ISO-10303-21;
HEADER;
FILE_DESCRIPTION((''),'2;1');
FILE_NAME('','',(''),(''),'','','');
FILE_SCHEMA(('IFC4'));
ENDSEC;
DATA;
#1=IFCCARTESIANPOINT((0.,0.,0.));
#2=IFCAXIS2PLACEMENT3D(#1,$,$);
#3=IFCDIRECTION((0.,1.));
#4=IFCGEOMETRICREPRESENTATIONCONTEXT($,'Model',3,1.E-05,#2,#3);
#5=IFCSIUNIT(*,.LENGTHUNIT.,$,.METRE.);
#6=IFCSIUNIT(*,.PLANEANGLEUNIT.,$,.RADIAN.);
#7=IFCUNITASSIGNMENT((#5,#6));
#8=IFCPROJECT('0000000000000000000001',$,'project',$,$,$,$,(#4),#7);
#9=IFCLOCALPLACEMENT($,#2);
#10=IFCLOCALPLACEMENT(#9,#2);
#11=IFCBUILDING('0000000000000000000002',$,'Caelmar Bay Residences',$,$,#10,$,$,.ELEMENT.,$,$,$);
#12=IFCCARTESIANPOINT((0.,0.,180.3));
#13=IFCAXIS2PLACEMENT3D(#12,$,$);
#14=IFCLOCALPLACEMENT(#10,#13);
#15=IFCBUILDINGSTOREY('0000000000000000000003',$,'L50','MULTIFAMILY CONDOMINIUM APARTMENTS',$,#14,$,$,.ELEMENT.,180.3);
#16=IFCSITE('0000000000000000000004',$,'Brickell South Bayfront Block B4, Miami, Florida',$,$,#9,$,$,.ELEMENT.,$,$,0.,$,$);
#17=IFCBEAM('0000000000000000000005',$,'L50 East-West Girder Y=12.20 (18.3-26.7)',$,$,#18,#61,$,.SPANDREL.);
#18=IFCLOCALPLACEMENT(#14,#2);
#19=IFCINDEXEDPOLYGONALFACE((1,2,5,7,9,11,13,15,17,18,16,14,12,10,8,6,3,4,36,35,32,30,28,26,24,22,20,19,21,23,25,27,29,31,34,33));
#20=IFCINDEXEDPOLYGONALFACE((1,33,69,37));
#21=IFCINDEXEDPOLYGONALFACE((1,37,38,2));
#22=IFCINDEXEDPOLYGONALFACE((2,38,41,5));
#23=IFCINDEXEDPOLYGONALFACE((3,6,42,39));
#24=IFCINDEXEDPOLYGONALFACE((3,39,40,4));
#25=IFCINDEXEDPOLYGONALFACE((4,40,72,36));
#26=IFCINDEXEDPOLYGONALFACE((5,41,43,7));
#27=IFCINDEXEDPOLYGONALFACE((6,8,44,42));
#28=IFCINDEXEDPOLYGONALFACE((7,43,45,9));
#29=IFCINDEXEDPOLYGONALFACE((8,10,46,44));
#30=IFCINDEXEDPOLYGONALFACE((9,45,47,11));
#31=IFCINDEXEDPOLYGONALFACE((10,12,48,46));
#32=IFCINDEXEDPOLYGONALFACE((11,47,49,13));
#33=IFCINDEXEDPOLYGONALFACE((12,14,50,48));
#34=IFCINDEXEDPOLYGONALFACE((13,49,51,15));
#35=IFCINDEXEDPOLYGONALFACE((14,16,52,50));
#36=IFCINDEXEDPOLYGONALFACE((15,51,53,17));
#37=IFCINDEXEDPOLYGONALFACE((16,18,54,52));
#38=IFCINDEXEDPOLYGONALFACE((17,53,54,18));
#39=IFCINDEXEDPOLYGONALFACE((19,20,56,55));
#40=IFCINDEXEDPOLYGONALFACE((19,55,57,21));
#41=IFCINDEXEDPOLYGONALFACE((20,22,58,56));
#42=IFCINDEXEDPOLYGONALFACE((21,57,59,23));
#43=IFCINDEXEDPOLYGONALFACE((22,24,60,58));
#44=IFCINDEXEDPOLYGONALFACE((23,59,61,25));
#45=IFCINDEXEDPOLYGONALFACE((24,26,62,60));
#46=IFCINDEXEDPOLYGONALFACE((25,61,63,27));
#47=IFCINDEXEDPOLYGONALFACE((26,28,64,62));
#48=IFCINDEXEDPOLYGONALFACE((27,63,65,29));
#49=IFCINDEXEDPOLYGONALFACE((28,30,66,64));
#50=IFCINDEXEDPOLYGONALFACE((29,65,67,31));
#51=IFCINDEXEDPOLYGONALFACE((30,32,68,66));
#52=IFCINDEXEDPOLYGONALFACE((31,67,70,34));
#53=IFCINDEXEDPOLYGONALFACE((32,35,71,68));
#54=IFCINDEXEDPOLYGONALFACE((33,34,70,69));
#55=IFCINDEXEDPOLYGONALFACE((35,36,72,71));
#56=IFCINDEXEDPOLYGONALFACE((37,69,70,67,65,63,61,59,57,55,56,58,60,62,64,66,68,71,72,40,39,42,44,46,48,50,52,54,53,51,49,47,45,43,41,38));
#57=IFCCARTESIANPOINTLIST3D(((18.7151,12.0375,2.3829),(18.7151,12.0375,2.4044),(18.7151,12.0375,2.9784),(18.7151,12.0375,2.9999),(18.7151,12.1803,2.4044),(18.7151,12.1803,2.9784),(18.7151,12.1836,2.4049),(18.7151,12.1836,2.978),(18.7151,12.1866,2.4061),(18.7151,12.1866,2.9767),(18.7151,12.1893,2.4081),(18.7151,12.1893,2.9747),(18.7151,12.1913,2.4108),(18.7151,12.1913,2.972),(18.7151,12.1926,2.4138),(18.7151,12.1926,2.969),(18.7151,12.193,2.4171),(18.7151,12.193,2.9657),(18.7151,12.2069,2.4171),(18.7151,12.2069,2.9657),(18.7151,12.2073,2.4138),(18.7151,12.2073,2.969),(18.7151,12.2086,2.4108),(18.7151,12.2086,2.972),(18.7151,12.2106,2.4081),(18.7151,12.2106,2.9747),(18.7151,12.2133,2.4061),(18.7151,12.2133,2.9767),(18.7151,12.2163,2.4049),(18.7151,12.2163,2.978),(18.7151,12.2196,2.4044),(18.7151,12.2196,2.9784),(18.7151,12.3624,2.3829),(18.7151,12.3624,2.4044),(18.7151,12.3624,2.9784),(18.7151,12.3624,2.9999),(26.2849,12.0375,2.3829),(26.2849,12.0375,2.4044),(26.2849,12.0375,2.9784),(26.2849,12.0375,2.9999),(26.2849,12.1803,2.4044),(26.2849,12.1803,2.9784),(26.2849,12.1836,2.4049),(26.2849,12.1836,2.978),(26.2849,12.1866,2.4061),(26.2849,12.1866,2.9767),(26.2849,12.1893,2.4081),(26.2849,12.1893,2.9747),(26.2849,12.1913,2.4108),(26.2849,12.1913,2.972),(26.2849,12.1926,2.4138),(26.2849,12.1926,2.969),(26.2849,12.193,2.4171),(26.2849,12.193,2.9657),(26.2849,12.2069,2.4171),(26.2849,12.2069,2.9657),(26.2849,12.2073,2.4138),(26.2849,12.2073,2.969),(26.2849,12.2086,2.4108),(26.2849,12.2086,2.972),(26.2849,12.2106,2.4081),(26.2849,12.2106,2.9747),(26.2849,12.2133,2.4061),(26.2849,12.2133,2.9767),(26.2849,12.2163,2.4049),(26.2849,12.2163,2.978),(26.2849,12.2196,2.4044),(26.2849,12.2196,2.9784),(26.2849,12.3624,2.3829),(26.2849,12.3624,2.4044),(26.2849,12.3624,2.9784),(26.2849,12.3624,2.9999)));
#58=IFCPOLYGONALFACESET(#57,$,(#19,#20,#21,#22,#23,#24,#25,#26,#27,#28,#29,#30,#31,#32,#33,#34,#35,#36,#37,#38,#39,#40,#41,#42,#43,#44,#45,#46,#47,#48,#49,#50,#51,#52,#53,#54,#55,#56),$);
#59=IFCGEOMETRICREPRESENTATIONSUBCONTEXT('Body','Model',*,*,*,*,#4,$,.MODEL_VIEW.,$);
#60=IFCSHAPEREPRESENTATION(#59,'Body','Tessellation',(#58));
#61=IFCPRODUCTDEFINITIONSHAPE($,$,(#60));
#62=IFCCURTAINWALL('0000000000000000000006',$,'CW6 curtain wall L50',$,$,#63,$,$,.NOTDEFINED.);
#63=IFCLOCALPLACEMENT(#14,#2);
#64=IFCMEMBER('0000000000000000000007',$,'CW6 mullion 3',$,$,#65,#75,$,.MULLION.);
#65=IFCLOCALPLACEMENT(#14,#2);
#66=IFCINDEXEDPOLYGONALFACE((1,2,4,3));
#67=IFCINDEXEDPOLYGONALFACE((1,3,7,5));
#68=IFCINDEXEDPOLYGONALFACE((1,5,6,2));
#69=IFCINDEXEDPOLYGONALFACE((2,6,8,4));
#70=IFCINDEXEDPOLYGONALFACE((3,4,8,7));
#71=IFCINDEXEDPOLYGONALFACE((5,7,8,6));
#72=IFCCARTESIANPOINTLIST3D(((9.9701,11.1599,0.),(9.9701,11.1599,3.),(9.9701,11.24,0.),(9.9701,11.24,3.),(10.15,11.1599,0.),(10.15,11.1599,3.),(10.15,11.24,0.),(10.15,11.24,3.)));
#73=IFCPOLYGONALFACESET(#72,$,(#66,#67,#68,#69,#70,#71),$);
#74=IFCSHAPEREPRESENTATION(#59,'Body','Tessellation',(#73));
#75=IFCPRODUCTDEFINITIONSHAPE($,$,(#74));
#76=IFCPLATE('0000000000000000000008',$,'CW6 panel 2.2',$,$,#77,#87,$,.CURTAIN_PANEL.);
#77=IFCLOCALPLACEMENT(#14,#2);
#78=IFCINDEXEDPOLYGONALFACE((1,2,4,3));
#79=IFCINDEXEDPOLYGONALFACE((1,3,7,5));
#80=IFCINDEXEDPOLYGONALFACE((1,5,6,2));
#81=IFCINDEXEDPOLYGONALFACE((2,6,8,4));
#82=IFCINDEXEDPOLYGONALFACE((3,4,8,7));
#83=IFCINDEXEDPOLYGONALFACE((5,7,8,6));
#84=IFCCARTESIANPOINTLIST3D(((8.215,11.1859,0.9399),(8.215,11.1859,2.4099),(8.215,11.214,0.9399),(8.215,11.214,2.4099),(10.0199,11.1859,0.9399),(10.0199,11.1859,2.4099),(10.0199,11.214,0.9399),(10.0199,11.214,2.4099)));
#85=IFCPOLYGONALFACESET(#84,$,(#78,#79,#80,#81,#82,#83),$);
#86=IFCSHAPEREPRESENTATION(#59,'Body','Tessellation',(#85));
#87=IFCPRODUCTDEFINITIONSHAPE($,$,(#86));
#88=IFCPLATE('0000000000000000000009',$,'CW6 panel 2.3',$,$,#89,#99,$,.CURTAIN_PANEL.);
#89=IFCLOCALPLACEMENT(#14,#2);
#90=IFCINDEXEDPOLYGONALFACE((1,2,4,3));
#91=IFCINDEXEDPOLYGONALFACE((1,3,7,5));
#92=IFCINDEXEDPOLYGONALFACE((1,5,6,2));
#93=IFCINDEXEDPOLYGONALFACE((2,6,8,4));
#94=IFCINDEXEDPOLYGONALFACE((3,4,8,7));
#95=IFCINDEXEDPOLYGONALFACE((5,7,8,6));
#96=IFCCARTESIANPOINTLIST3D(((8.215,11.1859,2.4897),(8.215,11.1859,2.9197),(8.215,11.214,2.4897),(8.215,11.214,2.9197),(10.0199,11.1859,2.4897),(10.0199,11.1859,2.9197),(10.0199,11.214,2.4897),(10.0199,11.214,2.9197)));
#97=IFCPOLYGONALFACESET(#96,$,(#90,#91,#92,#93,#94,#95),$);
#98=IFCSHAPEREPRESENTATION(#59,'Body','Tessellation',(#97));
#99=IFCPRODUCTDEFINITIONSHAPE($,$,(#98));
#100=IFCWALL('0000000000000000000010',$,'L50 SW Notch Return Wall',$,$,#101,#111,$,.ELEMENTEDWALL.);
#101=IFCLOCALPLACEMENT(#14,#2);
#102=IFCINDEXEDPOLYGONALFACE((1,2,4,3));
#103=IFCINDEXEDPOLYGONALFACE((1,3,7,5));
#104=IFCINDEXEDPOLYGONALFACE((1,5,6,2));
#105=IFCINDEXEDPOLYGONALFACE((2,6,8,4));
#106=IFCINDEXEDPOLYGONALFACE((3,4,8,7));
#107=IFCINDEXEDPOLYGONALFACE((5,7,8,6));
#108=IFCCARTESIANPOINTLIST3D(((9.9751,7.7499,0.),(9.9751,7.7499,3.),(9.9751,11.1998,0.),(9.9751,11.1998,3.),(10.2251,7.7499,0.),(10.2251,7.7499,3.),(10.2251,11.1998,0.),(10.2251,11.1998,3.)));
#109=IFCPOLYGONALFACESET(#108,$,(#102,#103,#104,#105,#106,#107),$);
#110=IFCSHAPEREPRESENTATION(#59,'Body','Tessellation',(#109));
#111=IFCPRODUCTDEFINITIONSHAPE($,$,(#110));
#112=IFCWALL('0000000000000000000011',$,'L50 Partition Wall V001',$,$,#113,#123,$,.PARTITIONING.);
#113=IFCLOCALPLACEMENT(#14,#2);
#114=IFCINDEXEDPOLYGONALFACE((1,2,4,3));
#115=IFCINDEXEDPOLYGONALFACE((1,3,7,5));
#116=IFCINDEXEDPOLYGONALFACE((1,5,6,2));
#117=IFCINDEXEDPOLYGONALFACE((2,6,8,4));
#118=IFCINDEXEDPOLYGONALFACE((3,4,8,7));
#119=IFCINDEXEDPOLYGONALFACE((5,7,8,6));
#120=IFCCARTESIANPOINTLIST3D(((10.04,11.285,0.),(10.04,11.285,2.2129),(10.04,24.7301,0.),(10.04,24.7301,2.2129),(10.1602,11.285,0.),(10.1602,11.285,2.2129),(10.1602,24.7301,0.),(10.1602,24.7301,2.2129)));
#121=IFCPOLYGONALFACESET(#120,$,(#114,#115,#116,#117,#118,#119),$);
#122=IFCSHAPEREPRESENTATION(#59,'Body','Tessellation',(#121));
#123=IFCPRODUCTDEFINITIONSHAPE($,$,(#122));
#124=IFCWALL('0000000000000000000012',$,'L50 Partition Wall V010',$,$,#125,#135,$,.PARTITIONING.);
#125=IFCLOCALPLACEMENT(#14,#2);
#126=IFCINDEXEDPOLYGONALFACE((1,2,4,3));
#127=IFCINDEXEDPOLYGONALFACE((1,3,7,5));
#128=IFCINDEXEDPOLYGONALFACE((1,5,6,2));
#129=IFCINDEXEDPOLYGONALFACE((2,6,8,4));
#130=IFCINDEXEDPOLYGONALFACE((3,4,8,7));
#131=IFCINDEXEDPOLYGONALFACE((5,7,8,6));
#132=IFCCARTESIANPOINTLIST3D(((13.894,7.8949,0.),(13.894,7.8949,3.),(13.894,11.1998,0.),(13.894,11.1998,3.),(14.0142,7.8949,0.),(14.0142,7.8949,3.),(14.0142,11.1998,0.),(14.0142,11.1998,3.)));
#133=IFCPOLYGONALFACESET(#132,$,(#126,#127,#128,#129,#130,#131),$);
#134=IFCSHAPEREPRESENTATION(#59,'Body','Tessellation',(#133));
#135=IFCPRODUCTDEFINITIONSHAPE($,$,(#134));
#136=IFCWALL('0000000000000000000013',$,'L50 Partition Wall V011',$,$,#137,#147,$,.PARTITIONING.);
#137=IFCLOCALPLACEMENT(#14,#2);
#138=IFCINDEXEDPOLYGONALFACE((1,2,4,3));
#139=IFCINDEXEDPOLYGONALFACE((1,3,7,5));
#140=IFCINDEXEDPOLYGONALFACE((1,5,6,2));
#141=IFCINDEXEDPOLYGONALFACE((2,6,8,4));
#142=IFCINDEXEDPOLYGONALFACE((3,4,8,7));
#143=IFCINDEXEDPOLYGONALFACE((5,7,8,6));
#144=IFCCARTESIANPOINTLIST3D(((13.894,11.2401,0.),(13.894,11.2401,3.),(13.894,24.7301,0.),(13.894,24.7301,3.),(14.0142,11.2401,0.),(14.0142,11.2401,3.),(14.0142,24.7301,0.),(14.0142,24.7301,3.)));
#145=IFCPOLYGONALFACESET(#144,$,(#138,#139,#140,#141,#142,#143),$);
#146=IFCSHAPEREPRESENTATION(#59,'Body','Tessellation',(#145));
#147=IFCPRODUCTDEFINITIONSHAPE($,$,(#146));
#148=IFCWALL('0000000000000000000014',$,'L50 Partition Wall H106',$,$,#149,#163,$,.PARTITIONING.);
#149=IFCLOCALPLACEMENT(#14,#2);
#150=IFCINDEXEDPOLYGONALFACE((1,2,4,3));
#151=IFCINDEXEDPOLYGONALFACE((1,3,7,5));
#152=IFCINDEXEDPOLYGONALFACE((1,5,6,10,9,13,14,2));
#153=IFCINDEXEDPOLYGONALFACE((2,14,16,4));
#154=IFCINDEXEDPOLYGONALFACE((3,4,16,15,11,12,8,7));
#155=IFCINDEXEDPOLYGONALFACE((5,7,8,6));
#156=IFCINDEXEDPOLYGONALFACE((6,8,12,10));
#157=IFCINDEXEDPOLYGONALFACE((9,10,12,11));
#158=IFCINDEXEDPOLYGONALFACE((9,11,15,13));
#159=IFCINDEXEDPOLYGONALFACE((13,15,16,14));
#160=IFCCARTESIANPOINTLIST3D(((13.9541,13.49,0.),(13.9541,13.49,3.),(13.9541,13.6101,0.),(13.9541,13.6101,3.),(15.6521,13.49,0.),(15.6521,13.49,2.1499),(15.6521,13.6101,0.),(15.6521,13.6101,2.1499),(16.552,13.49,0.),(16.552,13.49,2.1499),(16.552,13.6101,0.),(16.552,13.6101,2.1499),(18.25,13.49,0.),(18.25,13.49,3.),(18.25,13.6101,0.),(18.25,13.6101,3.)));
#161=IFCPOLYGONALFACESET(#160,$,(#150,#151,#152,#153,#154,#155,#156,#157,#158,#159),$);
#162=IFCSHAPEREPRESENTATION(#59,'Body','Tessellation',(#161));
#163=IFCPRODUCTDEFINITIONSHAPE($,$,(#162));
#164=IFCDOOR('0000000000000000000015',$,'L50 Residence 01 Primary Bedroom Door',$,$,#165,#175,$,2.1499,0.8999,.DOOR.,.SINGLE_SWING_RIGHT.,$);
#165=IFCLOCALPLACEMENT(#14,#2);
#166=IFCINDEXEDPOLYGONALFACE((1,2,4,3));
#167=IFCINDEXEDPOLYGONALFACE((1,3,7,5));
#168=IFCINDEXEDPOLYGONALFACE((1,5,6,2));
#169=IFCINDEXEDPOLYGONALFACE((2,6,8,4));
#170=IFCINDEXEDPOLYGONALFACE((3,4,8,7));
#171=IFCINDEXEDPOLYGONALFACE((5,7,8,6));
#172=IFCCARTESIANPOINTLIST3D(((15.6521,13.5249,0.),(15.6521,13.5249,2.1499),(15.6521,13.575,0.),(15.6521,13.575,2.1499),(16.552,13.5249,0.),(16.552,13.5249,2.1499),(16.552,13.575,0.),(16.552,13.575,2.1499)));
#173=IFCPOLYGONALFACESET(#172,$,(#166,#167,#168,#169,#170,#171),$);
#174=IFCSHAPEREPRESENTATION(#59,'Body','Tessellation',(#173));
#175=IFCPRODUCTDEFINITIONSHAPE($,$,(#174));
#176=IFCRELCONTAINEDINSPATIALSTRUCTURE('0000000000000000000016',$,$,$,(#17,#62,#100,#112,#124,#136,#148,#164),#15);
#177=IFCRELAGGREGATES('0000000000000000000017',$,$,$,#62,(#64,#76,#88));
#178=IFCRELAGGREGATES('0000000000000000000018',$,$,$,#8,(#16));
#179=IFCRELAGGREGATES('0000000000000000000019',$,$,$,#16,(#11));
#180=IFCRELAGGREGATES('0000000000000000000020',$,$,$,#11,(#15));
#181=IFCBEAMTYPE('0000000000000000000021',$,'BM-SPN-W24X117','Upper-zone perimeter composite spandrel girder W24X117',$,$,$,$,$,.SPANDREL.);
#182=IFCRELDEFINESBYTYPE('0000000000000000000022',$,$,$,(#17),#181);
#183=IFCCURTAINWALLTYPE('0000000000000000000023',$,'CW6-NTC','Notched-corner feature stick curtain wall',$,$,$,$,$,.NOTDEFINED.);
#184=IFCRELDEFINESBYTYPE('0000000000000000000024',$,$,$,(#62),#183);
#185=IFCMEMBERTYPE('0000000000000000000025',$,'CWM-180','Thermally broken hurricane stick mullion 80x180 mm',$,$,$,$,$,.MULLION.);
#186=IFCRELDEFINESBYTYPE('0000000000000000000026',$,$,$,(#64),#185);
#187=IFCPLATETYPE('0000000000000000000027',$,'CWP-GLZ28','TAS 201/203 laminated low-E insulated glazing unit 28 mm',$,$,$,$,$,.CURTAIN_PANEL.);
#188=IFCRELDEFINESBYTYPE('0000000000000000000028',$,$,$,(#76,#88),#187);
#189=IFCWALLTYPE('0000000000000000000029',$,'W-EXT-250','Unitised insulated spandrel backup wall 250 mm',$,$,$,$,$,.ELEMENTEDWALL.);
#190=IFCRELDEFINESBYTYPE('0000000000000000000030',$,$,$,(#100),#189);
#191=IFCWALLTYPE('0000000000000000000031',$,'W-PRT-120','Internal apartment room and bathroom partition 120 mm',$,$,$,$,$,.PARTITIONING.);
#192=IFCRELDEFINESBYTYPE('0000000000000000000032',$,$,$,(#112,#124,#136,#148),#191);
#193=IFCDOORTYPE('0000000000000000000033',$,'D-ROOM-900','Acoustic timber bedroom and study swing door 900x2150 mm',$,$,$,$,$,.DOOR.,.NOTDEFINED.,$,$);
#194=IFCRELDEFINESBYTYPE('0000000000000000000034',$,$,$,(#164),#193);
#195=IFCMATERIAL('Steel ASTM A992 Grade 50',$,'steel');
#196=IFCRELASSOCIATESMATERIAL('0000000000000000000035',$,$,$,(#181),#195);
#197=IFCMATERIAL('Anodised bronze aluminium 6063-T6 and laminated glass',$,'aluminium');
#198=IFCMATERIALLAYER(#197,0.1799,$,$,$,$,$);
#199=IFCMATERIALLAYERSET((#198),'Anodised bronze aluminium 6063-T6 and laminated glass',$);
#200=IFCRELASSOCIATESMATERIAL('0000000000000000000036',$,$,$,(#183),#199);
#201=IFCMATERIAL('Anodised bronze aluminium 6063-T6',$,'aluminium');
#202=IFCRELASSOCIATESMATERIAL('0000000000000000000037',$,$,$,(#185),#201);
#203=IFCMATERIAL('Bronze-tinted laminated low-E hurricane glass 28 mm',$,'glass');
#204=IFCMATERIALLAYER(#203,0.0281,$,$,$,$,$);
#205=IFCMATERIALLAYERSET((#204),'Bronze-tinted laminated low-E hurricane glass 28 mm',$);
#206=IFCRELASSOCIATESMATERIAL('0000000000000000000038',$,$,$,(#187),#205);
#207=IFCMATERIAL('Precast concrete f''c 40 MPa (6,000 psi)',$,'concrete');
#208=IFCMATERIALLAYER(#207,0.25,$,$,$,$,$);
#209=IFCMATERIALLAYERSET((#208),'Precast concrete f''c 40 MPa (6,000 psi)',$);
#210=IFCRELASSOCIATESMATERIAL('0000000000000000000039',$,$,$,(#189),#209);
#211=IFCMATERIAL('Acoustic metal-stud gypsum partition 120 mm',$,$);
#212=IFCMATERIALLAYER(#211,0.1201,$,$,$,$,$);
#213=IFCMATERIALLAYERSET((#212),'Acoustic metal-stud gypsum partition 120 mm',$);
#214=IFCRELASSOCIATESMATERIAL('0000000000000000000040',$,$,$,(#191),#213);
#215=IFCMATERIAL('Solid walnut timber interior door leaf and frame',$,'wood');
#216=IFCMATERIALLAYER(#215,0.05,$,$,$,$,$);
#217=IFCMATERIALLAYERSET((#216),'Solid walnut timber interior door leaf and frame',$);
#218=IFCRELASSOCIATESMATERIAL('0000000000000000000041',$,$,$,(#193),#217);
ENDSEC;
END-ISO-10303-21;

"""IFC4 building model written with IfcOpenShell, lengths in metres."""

from ifc_helpers import new_model, si_unit, direction, frame, frame_2d, origin, origin_2d, place, context, subcontext, project, spatial, rectangle, i_section, extrude, material, layer, layer_set, material_profile, profile_set, type_object, element, fill, aggregate, save


model = new_model("IFC4")

# Units and contexts
model_context = context("Model", 3, precision=1e-05, world=origin(), true_north=direction((0.0, 1.0)))
body_context = subcontext(model_context, "Body", "Model", "MODEL_VIEW")
ifc_project = project(units=[si_unit("LENGTHUNIT", "METRE"), si_unit("PLANEANGLEUNIT", "RADIAN")], contexts=[model_context])

# Site, building, storey
site_placement = place(None, origin())
site = spatial("IfcSite", under=ifc_project, at=site_placement, Name="Brickell South Bayfront Block B4, Miami, Florida", CompositionType="ELEMENT", RefElevation=0.0)
building_placement = place(site_placement, origin())
building = spatial("IfcBuilding", under=site, at=building_placement, Name="Caelmar Bay Residences", CompositionType="ELEMENT")
storey_placement = place(building_placement, frame((0.0, 0.0, 180.3)))
storey = spatial("IfcBuildingStorey", under=building, at=storey_placement, Name="L50", Description="MULTIFAMILY CONDOMINIUM APARTMENTS", CompositionType="ELEMENT", Elevation=180.3)

# Beam
ifc_material_1 = material(Name="Steel ASTM A992 Grade 50", Category="steel")
ifc_material_profile_1 = material_profile(ifc_material_1, i_section(OverallWidth=0.325, OverallDepth=0.6169, WebThickness=0.0139, FlangeThickness=0.0215, FilletRadius=0.0127, at=origin_2d()), Name="W24X117")
ifc_profile_set_1 = profile_set([ifc_material_profile_1], Name="Steel ASTM A992 Grade 50")
beam_type_1 = type_object("IfcBeamType", Name="BM-SPN-W24X117", Description="Upper-zone perimeter composite spandrel girder W24X117", PredefinedType="SPANDREL", material=ifc_profile_set_1)
beam_1_placement = place(storey_placement, frame((18.7151, 12.2, 2.6914), z_axis=(1.0, 0.0, 0.0), x_axis=(0.0, 1.0, 0.0)))
element("IfcBeam", 1, at=beam_1_placement, inside=storey, type_object=beam_type_1, Name="L50 East-West Girder Y=12.20 (18.3-26.7)", PredefinedType="SPANDREL", context=body_context, shape_type="SweptSolid", body=[
    extrude(i_section(OverallWidth=0.325, OverallDepth=0.6169, WebThickness=0.0139, FlangeThickness=0.0215, FilletRadius=0.0127, at=origin_2d()), origin(), (0.0, 0.0, 1.0), 7.5698),
])

# Curtain wall, member, plates
ifc_material_2 = material(Name="Anodised bronze aluminium 6063-T6 and laminated glass", Category="aluminium")
ifc_layer_1 = layer(ifc_material_2, 0.1799)
ifc_layer_set_1 = layer_set([ifc_layer_1], Name="Anodised bronze aluminium 6063-T6 and laminated glass")
curtain_wall_type = type_object("IfcCurtainWallType", Name="CW6-NTC", Description="Notched-corner feature stick curtain wall", PredefinedType="NOTDEFINED", material=ifc_layer_set_1)
curtain_wall_placement = place(storey_placement, origin())
curtain_wall = element("IfcCurtainWall", 2, at=curtain_wall_placement, inside=storey, type_object=curtain_wall_type, Name="CW6 curtain wall L50", PredefinedType="NOTDEFINED")
ifc_material_3 = material(Name="Anodised bronze aluminium 6063-T6", Category="aluminium")
ifc_material_profile_2 = material_profile(ifc_material_3, rectangle(XDim=0.0801, YDim=0.1799, at=origin_2d()), Name="CWM-80X180")
ifc_profile_set_2 = profile_set([ifc_material_profile_2], Name="Anodised bronze aluminium 6063-T6")
member_type = type_object("IfcMemberType", Name="CWM-180", Description="Thermally broken hurricane stick mullion 80x180 mm", PredefinedType="MULLION", material=ifc_profile_set_2)
member_placement = place(storey_placement, frame((10.0601, 11.2, 0.0), z_axis=(0.0, 0.0, 1.0), x_axis=(0.0, 1.0, 0.0)))
member = element("IfcMember", 3, at=member_placement, type_object=member_type, Name="CW6 mullion 3", PredefinedType="MULLION", context=body_context, shape_type="SweptSolid", body=[
    extrude(rectangle(XDim=0.0801, YDim=0.1799, at=origin_2d()), origin(), (0.0, 0.0, 1.0), 3.0),
])
ifc_material_4 = material(Name="Bronze-tinted laminated low-E hurricane glass 28 mm", Category="glass")
ifc_layer_2 = layer(ifc_material_4, 0.0281)
ifc_layer_set_2 = layer_set([ifc_layer_2], Name="Bronze-tinted laminated low-E hurricane glass 28 mm")
plate_type = type_object("IfcPlateType", Name="CWP-GLZ28", Description="TAS 201/203 laminated low-E insulated glazing unit 28 mm", PredefinedType="CURTAIN_PANEL", material=ifc_layer_set_2)
plate_1_placement = place(storey_placement, frame((9.1174, 11.2, 0.9399), z_axis=(0.0, 0.0, 1.0), x_axis=(1.0, 0.0, 0.0)))
plate_1 = element("IfcPlate", 4, at=plate_1_placement, type_object=plate_type, Name="CW6 panel 2.2", PredefinedType="CURTAIN_PANEL", context=body_context, shape_type="SweptSolid", body=[
    extrude(rectangle(XDim=1.8049, YDim=0.0281, at=origin_2d()), origin(), (0.0, 0.0, 1.0), 1.47),
])
plate_2_placement = place(storey_placement, frame((9.1174, 11.2, 2.4897), z_axis=(0.0, 0.0, 1.0), x_axis=(1.0, 0.0, 0.0)))
plate_2 = element("IfcPlate", 5, at=plate_2_placement, type_object=plate_type, Name="CW6 panel 2.3", PredefinedType="CURTAIN_PANEL", context=body_context, shape_type="SweptSolid", body=[
    extrude(rectangle(XDim=1.8049, YDim=0.0281, at=origin_2d()), origin(), (0.0, 0.0, 1.0), 0.4299),
])
aggregate(curtain_wall, [member, plate_1, plate_2])

# Walls
ifc_material_5 = material(Name="Precast concrete f'c 40 MPa (6,000 psi)", Category="concrete")
ifc_layer_3 = layer(ifc_material_5, 0.25)
ifc_layer_set_3 = layer_set([ifc_layer_3], Name="Precast concrete f'c 40 MPa (6,000 psi)")
wall_type_1 = type_object("IfcWallType", Name="W-EXT-250", Description="Unitised insulated spandrel backup wall 250 mm", PredefinedType="ELEMENTEDWALL", material=ifc_layer_set_3)
wall_1_placement = place(storey_placement, frame((10.1001, 11.2, 0.0), z_axis=(0.0, 0.0, 1.0), x_axis=(0.0, -1.0, 0.0)))
element("IfcWall", 6, at=wall_1_placement, inside=storey, type_object=wall_type_1, Name="L50 SW Notch Return Wall", PredefinedType="ELEMENTEDWALL", context=body_context, shape_type="SweptSolid", body=[
    extrude(rectangle(XDim=3.45, YDim=0.25, at=frame_2d((1.7251, 0.0))), origin(), (0.0, 0.0, 1.0), 3.0),
])
ifc_material_6 = material(Name="Acoustic metal-stud gypsum partition 120 mm")
ifc_layer_4 = layer(ifc_material_6, 0.1201)
ifc_layer_set_4 = layer_set([ifc_layer_4], Name="Acoustic metal-stud gypsum partition 120 mm")
wall_type_2 = type_object("IfcWallType", Name="W-PRT-120", Description="Internal apartment room and bathroom partition 120 mm", PredefinedType="PARTITIONING", material=ifc_layer_set_4)
wall_2_placement = place(storey_placement, frame((10.1001, 11.2849, 0.0), z_axis=(0.0, 0.0, 1.0), x_axis=(0.0, 1.0, 0.0)))
element("IfcWall", 7, at=wall_2_placement, inside=storey, type_object=wall_type_2, Name="L50 Partition Wall V001", PredefinedType="PARTITIONING", context=body_context, shape_type="SweptSolid", body=[
    extrude(rectangle(XDim=13.4451, YDim=0.1201, at=frame_2d((6.7227, 0.0))), origin(), (0.0, 0.0, 1.0), 2.2129),
])
wall_3_placement = place(storey_placement, frame((13.9541, 7.895, 0.0), z_axis=(0.0, 0.0, 1.0), x_axis=(0.0, 1.0, 0.0)))
element("IfcWall", 8, at=wall_3_placement, inside=storey, type_object=wall_type_2, Name="L50 Partition Wall V010", PredefinedType="PARTITIONING", context=body_context, shape_type="SweptSolid", body=[
    extrude(rectangle(XDim=3.3049, YDim=0.1201, at=frame_2d((1.6523, 0.0))), origin(), (0.0, 0.0, 1.0), 3.0),
])
wall_4_placement = place(storey_placement, frame((13.9541, 11.24, 0.0), z_axis=(0.0, 0.0, 1.0), x_axis=(0.0, 1.0, 0.0)))
element("IfcWall", 9, at=wall_4_placement, inside=storey, type_object=wall_type_2, Name="L50 Partition Wall V011", PredefinedType="PARTITIONING", context=body_context, shape_type="SweptSolid", body=[
    extrude(rectangle(XDim=13.49, YDim=0.1201, at=frame_2d((6.7451, 0.0))), origin(), (0.0, 0.0, 1.0), 3.0),
])

# Wall, opening, door
wall_5_placement = place(storey_placement, frame((13.9541, 13.55, 0.0), z_axis=(0.0, 0.0, 1.0), x_axis=(1.0, 0.0, 0.0)))
wall_5 = element("IfcWall", 10, at=wall_5_placement, inside=storey, type_object=wall_type_2, Name="L50 Partition Wall H106", PredefinedType="PARTITIONING", context=body_context, shape_type="SweptSolid", body=[
    extrude(rectangle(XDim=4.2959, YDim=0.1201, at=frame_2d((2.1479, 0.0))), origin(), (0.0, 0.0, 1.0), 3.0),
])
opening_placement = place(wall_5_placement, frame((1.698, 0.0, 0.0)))
opening = element("IfcOpeningElement", 11, at=opening_placement, cuts=wall_5, PredefinedType="OPENING", context=body_context, shape_type="SweptSolid", body=[
    extrude(rectangle(XDim=0.8999, YDim=2.1499, at=frame_2d((0.45, 1.075))), frame((0.0, 0.0701, 0.0), z_axis=(0.0, -1.0, 0.0), x_axis=(1.0, 0.0, 0.0)), (0.0, 0.0, 1.0), 0.1401),
])
ifc_material_7 = material(Name="Solid walnut timber interior door leaf and frame", Category="wood")
ifc_layer_5 = layer(ifc_material_7, 0.05)
ifc_layer_set_5 = layer_set([ifc_layer_5], Name="Solid walnut timber interior door leaf and frame")
door_type = type_object("IfcDoorType", Name="D-ROOM-900", Description="Acoustic timber bedroom and study swing door 900x2150 mm", OperationType="NOTDEFINED", PredefinedType="DOOR", material=ifc_layer_set_5)
door_placement = place(opening_placement, origin())
door = element("IfcDoor", 12, at=door_placement, inside=storey, type_object=door_type, Name="L50 Residence 01 Primary Bedroom Door", OperationType="SINGLE_SWING_RIGHT", OverallHeight=2.1499, OverallWidth=0.8999, PredefinedType="DOOR", context=body_context, shape_type="SweptSolid", body=[
    extrude(rectangle(XDim=0.8999, YDim=2.1499, at=frame_2d((0.45, 1.075))), frame((0.0, 0.0249, 0.0), z_axis=(0.0, -1.0, 0.0), x_axis=(1.0, 0.0, 0.0)), (0.0, 0.0, 1.0), 0.05),
])
fill(opening, door)

save(model, "model.ifc")
